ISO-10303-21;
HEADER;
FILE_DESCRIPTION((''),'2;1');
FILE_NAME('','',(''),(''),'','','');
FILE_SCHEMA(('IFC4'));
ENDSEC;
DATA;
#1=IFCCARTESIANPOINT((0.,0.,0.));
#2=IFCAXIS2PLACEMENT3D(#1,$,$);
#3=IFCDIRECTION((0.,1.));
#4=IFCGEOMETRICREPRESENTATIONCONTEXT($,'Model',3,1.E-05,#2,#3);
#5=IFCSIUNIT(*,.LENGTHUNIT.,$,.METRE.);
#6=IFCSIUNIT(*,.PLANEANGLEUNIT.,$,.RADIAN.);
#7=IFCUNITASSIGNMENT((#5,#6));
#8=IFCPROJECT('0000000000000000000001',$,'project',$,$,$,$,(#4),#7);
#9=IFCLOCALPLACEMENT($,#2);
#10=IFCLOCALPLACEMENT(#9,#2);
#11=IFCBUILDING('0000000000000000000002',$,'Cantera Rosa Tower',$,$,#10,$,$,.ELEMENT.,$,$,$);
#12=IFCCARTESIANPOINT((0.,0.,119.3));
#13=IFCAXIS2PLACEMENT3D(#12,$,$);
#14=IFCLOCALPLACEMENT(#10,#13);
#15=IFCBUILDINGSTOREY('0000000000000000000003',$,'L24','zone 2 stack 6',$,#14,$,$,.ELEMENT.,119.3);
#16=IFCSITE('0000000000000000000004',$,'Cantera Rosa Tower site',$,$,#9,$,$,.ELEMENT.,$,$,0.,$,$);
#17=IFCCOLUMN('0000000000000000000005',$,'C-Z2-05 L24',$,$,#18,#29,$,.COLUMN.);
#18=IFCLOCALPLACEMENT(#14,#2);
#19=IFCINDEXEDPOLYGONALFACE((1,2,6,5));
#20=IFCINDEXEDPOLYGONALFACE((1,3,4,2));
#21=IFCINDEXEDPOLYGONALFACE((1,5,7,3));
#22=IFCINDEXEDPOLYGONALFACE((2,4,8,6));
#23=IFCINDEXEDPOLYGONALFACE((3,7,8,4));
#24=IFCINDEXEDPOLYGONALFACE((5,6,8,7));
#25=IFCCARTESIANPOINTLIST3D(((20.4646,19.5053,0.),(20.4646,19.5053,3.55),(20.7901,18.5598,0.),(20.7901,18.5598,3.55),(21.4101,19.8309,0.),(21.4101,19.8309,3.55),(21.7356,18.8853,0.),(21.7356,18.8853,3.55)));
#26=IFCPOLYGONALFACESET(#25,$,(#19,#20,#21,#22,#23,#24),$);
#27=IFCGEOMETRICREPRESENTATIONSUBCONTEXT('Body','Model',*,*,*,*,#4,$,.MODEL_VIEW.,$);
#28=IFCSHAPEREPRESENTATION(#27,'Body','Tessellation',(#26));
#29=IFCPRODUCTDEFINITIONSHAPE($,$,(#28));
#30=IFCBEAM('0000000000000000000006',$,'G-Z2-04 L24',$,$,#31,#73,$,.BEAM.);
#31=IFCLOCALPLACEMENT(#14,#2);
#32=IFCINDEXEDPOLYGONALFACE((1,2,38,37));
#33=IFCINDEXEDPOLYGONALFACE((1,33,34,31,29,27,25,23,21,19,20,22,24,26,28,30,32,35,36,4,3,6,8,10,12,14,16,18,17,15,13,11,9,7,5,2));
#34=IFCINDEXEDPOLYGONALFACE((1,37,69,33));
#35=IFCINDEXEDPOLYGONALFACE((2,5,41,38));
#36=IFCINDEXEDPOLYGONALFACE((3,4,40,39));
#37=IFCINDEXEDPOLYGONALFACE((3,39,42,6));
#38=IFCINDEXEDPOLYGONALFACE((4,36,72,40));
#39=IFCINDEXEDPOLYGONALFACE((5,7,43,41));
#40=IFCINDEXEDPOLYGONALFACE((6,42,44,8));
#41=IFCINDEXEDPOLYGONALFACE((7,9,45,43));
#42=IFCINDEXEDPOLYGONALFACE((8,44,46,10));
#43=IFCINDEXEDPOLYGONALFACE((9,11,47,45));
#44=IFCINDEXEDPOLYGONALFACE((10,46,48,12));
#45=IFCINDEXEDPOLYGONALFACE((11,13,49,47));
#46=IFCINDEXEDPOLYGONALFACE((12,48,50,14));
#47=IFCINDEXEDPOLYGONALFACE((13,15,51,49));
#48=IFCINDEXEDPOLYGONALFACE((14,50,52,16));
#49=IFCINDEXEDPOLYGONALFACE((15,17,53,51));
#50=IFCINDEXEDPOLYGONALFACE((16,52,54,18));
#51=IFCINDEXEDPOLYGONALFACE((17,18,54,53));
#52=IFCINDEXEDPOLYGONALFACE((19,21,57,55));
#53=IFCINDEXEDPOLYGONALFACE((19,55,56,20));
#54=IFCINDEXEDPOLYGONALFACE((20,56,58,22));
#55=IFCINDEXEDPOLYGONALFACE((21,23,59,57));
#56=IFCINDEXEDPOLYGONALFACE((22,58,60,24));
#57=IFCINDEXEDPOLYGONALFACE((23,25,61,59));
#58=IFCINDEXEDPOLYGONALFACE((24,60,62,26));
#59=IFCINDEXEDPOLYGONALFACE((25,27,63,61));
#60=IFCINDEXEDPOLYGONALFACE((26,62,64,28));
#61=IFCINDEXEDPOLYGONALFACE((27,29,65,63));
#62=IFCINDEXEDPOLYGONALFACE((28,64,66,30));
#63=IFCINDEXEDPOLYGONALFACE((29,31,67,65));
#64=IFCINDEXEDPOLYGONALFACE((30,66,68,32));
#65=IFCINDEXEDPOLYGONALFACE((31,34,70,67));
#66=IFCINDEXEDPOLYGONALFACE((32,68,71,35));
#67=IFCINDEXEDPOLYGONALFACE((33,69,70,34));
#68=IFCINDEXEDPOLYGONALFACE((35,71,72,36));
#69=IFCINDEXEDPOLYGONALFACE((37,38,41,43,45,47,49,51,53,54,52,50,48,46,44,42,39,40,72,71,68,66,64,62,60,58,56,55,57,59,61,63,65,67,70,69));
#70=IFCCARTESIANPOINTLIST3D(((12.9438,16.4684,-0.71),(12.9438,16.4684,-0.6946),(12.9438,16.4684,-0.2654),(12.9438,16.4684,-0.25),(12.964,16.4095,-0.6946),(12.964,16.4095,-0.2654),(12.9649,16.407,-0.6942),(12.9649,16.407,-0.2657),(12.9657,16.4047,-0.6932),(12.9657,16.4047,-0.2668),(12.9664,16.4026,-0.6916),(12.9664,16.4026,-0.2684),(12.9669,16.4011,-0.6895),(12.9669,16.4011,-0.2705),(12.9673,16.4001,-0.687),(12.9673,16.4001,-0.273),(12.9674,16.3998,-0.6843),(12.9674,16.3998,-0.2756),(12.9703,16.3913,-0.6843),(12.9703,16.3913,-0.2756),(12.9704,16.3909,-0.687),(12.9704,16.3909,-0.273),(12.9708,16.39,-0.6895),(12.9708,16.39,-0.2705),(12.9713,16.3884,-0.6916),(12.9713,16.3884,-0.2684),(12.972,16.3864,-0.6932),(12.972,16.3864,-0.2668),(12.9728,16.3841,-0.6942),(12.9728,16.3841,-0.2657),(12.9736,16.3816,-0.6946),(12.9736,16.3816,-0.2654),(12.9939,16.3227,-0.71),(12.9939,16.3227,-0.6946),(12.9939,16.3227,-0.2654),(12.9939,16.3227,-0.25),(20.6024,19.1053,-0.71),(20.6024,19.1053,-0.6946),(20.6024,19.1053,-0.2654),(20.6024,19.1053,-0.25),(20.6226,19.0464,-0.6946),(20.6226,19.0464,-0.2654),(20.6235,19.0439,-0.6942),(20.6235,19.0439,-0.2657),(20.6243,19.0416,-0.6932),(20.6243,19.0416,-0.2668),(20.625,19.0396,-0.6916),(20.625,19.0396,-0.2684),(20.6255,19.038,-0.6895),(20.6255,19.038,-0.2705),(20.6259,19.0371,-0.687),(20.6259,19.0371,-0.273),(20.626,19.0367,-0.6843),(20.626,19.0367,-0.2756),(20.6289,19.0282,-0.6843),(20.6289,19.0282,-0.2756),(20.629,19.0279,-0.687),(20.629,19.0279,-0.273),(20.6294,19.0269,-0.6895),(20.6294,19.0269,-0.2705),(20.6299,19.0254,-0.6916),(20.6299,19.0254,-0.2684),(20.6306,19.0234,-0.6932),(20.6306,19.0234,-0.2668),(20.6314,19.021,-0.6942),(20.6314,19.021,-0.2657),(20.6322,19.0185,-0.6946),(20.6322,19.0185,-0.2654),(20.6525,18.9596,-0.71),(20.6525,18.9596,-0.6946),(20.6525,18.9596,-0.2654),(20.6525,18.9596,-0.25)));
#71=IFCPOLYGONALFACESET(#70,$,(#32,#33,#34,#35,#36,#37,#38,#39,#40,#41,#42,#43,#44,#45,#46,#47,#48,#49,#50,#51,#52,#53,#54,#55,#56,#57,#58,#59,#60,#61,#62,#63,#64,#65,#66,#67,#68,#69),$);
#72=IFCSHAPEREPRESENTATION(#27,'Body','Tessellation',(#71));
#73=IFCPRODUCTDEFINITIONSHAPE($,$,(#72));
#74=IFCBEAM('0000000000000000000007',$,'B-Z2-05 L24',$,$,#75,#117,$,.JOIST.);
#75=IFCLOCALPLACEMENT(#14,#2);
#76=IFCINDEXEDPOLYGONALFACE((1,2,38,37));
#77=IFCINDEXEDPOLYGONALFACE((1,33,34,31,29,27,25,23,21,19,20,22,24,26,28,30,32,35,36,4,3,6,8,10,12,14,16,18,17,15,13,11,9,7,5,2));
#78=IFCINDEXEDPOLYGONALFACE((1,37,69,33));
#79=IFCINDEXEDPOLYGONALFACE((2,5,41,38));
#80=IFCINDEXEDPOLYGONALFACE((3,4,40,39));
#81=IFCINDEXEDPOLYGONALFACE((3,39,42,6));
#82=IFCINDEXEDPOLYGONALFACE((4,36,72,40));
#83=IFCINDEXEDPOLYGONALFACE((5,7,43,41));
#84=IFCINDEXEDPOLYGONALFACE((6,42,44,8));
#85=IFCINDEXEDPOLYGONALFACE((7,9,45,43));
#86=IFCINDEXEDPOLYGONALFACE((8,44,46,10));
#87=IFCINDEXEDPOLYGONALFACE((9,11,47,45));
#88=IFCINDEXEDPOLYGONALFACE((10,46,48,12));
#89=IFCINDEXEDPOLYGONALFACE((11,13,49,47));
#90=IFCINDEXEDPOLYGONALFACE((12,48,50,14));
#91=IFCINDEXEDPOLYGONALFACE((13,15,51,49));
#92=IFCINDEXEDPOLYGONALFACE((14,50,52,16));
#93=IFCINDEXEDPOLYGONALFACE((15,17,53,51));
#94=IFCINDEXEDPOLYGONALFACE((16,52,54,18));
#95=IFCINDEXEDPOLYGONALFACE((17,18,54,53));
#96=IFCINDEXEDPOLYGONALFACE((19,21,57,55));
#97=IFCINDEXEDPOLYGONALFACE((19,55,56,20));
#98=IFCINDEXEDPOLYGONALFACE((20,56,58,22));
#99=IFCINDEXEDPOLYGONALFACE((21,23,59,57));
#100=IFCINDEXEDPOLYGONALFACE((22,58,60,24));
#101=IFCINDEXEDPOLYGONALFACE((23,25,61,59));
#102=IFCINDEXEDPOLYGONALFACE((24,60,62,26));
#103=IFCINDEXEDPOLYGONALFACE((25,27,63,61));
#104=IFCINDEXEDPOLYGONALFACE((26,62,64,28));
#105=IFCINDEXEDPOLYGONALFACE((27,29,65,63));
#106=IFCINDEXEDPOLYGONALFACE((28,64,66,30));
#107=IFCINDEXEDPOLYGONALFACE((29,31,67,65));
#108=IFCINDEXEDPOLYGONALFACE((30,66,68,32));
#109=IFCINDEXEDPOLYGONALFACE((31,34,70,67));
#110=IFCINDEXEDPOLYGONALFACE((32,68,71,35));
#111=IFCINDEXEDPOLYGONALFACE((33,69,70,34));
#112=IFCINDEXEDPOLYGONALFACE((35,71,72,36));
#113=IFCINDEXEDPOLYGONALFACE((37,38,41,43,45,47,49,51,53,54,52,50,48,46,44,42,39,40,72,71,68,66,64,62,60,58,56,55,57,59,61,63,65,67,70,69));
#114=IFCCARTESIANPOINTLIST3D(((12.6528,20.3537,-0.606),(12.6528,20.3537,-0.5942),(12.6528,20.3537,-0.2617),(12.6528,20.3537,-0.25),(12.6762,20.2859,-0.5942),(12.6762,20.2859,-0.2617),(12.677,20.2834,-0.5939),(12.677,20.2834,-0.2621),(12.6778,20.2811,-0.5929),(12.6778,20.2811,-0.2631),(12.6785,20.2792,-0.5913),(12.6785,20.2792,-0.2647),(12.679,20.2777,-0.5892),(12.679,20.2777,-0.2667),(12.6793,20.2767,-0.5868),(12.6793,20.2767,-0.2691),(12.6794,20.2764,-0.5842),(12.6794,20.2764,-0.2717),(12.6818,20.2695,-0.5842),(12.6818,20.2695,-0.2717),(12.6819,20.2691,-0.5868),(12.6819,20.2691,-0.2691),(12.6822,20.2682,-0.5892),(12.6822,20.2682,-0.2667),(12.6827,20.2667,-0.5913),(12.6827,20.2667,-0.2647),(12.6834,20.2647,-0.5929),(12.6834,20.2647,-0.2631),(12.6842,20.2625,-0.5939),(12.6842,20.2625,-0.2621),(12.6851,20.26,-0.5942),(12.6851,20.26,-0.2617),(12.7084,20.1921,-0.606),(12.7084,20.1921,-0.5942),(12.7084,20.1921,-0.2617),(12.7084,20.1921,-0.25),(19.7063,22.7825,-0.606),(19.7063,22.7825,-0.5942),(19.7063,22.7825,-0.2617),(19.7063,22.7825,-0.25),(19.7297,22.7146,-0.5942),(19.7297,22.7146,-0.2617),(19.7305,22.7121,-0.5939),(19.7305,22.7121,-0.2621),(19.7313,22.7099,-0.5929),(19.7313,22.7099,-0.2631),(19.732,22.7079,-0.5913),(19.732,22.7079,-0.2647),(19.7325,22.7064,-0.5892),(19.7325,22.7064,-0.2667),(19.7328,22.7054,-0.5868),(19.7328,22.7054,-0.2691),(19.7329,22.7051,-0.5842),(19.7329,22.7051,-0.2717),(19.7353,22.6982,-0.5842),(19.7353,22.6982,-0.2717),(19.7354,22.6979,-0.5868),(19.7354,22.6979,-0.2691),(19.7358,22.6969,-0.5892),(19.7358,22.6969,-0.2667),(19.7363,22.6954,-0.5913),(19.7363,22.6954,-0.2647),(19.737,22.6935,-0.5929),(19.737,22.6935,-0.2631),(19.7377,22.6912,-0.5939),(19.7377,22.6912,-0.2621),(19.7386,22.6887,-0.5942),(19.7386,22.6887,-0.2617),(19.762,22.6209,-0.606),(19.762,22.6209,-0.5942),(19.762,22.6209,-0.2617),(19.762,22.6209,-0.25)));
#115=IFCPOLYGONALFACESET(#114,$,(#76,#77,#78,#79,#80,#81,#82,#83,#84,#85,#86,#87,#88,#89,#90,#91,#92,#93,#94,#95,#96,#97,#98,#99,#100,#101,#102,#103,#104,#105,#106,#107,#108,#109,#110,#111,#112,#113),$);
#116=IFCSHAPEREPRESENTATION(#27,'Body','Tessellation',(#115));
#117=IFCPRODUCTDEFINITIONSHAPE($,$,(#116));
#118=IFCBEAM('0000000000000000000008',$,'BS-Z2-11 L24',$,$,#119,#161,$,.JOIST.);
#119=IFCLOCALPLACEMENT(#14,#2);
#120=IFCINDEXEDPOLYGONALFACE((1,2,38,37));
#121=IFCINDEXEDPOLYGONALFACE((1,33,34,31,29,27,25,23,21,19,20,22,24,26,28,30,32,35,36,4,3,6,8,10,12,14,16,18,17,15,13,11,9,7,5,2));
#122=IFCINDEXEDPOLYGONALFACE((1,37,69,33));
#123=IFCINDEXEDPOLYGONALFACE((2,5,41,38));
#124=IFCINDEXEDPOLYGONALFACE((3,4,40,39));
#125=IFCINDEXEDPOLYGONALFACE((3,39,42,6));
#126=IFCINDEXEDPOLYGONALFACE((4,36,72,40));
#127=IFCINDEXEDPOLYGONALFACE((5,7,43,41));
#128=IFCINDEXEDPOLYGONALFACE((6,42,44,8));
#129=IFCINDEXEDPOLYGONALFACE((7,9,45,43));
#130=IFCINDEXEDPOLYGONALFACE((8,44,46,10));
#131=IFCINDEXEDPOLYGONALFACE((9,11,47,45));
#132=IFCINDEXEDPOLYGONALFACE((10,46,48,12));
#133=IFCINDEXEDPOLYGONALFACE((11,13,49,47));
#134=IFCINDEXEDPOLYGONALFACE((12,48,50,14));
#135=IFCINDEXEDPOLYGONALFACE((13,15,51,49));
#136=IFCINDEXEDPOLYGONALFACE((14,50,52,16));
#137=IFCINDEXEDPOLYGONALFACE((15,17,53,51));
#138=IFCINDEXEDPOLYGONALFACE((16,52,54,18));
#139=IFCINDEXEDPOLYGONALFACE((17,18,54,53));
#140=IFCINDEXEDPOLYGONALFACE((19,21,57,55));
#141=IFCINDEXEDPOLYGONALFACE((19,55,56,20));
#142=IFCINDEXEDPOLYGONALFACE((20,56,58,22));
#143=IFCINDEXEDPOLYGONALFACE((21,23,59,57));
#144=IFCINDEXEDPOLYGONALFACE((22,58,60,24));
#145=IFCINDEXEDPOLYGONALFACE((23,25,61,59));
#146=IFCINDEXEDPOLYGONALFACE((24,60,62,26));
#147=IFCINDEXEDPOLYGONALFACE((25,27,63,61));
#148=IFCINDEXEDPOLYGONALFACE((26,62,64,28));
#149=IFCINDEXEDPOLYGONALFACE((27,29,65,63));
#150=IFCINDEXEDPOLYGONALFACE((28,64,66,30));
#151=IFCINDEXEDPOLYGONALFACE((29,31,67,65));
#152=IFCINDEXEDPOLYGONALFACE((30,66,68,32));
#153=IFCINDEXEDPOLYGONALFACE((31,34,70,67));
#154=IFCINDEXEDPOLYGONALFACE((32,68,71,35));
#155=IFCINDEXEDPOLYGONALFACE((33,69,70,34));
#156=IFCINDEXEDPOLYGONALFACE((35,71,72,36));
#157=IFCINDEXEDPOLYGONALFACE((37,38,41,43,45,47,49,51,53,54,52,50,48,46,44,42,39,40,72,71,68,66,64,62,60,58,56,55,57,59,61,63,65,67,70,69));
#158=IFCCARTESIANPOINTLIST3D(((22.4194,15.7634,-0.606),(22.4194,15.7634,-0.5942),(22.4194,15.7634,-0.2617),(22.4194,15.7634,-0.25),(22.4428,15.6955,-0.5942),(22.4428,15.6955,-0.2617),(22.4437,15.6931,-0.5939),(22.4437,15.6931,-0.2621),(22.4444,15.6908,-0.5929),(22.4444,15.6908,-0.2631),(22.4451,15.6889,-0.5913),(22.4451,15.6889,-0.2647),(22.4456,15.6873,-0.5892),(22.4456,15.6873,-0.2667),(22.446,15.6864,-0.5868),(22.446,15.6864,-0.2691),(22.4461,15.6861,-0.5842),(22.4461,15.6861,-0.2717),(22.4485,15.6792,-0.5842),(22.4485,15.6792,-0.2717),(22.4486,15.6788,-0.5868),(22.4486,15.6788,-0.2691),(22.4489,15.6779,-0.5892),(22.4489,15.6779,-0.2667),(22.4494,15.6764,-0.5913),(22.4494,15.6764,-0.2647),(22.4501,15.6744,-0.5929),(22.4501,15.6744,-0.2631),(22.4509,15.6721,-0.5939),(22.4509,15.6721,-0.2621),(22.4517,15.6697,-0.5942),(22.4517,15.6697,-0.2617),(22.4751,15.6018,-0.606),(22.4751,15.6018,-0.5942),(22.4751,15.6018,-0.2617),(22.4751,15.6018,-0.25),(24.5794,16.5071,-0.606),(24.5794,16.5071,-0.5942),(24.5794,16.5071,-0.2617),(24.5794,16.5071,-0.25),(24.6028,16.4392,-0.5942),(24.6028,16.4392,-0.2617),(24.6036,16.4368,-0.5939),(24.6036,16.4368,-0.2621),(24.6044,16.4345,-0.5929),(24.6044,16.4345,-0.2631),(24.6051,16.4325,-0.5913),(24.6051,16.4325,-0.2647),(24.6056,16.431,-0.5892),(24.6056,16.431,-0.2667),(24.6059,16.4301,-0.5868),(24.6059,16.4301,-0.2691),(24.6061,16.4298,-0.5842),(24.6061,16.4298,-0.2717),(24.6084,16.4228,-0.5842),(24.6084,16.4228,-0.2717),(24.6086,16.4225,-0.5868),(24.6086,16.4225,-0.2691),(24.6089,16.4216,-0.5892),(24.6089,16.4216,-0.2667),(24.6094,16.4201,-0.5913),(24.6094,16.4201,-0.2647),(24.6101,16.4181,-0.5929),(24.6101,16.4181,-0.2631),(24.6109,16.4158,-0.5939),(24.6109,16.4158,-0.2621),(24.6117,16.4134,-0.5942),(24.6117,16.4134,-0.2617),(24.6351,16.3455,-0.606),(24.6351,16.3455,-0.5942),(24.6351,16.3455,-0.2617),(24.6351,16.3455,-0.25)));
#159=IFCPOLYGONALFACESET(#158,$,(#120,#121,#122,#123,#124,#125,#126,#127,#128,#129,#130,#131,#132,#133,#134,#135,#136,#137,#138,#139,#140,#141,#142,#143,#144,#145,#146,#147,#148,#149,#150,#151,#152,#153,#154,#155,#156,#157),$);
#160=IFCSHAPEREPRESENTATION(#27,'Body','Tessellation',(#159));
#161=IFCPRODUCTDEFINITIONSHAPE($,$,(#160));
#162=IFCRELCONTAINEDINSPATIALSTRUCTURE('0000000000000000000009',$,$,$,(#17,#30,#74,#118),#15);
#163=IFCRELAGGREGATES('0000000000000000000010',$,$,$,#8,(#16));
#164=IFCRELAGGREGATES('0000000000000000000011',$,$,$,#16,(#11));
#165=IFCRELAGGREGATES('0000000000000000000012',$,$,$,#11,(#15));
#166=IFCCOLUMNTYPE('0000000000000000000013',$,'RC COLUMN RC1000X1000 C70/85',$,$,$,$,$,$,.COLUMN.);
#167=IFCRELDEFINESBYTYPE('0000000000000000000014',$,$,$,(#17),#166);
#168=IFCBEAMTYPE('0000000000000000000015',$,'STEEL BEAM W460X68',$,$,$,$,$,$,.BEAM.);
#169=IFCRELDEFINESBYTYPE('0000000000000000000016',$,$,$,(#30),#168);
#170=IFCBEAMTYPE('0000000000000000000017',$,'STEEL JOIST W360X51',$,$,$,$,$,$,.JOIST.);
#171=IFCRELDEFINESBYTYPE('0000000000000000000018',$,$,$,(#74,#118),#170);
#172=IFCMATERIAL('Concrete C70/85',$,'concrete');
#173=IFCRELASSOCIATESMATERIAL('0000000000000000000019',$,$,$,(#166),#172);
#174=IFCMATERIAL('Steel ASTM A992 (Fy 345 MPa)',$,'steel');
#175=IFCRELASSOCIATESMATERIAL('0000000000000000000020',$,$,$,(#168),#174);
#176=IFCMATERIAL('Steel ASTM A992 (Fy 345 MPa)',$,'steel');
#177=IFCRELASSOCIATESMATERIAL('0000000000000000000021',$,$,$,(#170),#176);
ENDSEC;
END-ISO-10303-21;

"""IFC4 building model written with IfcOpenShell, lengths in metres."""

from ifc_helpers import new_model, si_unit, direction, frame, origin, origin_2d, place, context, subcontext, project, spatial, rectangle, i_section, extrude, material, material_profile, profile_set, type_object, element, save


model = new_model("IFC4")

# Units and contexts
model_context = context("Model", 3, precision=1e-05, world=origin(), true_north=direction((0.0, 1.0)))
body_context = subcontext(model_context, "Body", "Model", "MODEL_VIEW")
ifc_project = project(units=[si_unit("LENGTHUNIT", "METRE"), si_unit("PLANEANGLEUNIT", "RADIAN")], contexts=[model_context])

# Site, building, storey
site_placement = place(None, origin())
site = spatial("IfcSite", under=ifc_project, at=site_placement, Name="Cantera Rosa Tower site", CompositionType="ELEMENT", RefElevation=0.0)
building_placement = place(site_placement, origin())
building = spatial("IfcBuilding", under=site, at=building_placement, Name="Cantera Rosa Tower", CompositionType="ELEMENT")
storey_placement = place(building_placement, frame((0.0, 0.0, 119.3)))
storey = spatial("IfcBuildingStorey", under=building, at=storey_placement, Name="L24", Description="zone 2 stack 6", CompositionType="ELEMENT", Elevation=119.3)

# Column
ifc_material_1 = material(Name="Concrete C70/85", Category="concrete")
ifc_material_profile_1 = material_profile(ifc_material_1, rectangle(XDim=1.0, YDim=1.0, at=origin_2d()), Name="RC COLUMN RC1000X1000 C70/85")
ifc_profile_set_1 = profile_set([ifc_material_profile_1], Name="Concrete C70/85")
column_type = type_object("IfcColumnType", Name="RC COLUMN RC1000X1000 C70/85", PredefinedType="COLUMN", material=ifc_profile_set_1)
column_placement = place(storey_placement, frame((21.1001, 19.1953, 0.0), z_axis=(0.0, 0.0, 1.0), x_axis=(0.945519, 0.325568, 0.0)))
element("IfcColumn", 1, at=column_placement, inside=storey, type_object=column_type, Name="C-Z2-05 L24", PredefinedType="COLUMN", context=body_context, shape_type="SweptSolid", body=[
    extrude(rectangle(XDim=1.0, YDim=1.0, at=origin_2d()), origin(), (0.0, 0.0, 1.0), 3.55),
])

# Beams
ifc_material_2 = material(Name="Steel ASTM A992 (Fy 345 MPa)", Category="steel")
ifc_material_profile_2 = material_profile(ifc_material_2, i_section(OverallWidth=0.1541, OverallDepth=0.46, WebThickness=0.009, FlangeThickness=0.0154, FilletRadius=0.0103, at=origin_2d()), Name="W460X68")
ifc_profile_set_2 = profile_set([ifc_material_profile_2], Name="Steel ASTM A992 (Fy 345 MPa)")
beam_type_1 = type_object("IfcBeamType", Name="STEEL BEAM W460X68", PredefinedType="BEAM", material=ifc_profile_set_2)
beam_1_placement = place(storey_placement, frame((20.6274, 19.0325, -0.48), z_axis=(-0.945524, -0.325553, 0.0), x_axis=(0.325553, -0.945524, 0.0)))
element("IfcBeam", 2, at=beam_1_placement, inside=storey, type_object=beam_type_1, Name="G-Z2-04 L24", PredefinedType="BEAM", context=body_context, shape_type="SweptSolid", body=[
    extrude(i_section(OverallWidth=0.1541, OverallDepth=0.46, WebThickness=0.009, FlangeThickness=0.0154, FilletRadius=0.0103, at=origin_2d()), origin(), (0.0, 0.0, 1.0), 8.0999),
])
ifc_material_3 = material(Name="Steel ASTM A992 (Fy 345 MPa)", Category="steel")
ifc_material_profile_3 = material_profile(ifc_material_3, i_section(OverallWidth=0.1709, OverallDepth=0.356, WebThickness=0.0073, FlangeThickness=0.0117, FilletRadius=0.01, at=origin_2d()), Name="W360X51")
ifc_profile_set_3 = profile_set([ifc_material_profile_3], Name="Steel ASTM A992 (Fy 345 MPa)")
beam_type_2 = type_object("IfcBeamType", Name="STEEL JOIST W360X51", PredefinedType="JOIST", material=ifc_profile_set_3)
beam_2_placement = place(storey_placement, frame((19.7341, 22.7017, -0.428), z_axis=(-0.945518, -0.325569, 0.0), x_axis=(0.325569, -0.945518, 0.0)))
element("IfcBeam", 3, at=beam_2_placement, inside=storey, type_object=beam_type_2, Name="B-Z2-05 L24", PredefinedType="JOIST", context=body_context, shape_type="SweptSolid", body=[
    extrude(i_section(OverallWidth=0.1709, OverallDepth=0.356, WebThickness=0.0073, FlangeThickness=0.0117, FilletRadius=0.01, at=origin_2d()), origin(), (0.0, 0.0, 1.0), 7.46),
])
beam_3_placement = place(storey_placement, frame((22.4473, 15.6826, -0.428), z_axis=(0.945527, 0.325543, 0.0), x_axis=(-0.325543, 0.945527, 0.0)))
element("IfcBeam", 4, at=beam_3_placement, inside=storey, type_object=beam_type_2, Name="BS-Z2-11 L24", PredefinedType="JOIST", context=body_context, shape_type="SweptSolid", body=[
    extrude(i_section(OverallWidth=0.1709, OverallDepth=0.356, WebThickness=0.0073, FlangeThickness=0.0117, FilletRadius=0.01, at=origin_2d()), origin(), (0.0, 0.0, 1.0), 2.2844),
])

save(model, "model.ifc")
